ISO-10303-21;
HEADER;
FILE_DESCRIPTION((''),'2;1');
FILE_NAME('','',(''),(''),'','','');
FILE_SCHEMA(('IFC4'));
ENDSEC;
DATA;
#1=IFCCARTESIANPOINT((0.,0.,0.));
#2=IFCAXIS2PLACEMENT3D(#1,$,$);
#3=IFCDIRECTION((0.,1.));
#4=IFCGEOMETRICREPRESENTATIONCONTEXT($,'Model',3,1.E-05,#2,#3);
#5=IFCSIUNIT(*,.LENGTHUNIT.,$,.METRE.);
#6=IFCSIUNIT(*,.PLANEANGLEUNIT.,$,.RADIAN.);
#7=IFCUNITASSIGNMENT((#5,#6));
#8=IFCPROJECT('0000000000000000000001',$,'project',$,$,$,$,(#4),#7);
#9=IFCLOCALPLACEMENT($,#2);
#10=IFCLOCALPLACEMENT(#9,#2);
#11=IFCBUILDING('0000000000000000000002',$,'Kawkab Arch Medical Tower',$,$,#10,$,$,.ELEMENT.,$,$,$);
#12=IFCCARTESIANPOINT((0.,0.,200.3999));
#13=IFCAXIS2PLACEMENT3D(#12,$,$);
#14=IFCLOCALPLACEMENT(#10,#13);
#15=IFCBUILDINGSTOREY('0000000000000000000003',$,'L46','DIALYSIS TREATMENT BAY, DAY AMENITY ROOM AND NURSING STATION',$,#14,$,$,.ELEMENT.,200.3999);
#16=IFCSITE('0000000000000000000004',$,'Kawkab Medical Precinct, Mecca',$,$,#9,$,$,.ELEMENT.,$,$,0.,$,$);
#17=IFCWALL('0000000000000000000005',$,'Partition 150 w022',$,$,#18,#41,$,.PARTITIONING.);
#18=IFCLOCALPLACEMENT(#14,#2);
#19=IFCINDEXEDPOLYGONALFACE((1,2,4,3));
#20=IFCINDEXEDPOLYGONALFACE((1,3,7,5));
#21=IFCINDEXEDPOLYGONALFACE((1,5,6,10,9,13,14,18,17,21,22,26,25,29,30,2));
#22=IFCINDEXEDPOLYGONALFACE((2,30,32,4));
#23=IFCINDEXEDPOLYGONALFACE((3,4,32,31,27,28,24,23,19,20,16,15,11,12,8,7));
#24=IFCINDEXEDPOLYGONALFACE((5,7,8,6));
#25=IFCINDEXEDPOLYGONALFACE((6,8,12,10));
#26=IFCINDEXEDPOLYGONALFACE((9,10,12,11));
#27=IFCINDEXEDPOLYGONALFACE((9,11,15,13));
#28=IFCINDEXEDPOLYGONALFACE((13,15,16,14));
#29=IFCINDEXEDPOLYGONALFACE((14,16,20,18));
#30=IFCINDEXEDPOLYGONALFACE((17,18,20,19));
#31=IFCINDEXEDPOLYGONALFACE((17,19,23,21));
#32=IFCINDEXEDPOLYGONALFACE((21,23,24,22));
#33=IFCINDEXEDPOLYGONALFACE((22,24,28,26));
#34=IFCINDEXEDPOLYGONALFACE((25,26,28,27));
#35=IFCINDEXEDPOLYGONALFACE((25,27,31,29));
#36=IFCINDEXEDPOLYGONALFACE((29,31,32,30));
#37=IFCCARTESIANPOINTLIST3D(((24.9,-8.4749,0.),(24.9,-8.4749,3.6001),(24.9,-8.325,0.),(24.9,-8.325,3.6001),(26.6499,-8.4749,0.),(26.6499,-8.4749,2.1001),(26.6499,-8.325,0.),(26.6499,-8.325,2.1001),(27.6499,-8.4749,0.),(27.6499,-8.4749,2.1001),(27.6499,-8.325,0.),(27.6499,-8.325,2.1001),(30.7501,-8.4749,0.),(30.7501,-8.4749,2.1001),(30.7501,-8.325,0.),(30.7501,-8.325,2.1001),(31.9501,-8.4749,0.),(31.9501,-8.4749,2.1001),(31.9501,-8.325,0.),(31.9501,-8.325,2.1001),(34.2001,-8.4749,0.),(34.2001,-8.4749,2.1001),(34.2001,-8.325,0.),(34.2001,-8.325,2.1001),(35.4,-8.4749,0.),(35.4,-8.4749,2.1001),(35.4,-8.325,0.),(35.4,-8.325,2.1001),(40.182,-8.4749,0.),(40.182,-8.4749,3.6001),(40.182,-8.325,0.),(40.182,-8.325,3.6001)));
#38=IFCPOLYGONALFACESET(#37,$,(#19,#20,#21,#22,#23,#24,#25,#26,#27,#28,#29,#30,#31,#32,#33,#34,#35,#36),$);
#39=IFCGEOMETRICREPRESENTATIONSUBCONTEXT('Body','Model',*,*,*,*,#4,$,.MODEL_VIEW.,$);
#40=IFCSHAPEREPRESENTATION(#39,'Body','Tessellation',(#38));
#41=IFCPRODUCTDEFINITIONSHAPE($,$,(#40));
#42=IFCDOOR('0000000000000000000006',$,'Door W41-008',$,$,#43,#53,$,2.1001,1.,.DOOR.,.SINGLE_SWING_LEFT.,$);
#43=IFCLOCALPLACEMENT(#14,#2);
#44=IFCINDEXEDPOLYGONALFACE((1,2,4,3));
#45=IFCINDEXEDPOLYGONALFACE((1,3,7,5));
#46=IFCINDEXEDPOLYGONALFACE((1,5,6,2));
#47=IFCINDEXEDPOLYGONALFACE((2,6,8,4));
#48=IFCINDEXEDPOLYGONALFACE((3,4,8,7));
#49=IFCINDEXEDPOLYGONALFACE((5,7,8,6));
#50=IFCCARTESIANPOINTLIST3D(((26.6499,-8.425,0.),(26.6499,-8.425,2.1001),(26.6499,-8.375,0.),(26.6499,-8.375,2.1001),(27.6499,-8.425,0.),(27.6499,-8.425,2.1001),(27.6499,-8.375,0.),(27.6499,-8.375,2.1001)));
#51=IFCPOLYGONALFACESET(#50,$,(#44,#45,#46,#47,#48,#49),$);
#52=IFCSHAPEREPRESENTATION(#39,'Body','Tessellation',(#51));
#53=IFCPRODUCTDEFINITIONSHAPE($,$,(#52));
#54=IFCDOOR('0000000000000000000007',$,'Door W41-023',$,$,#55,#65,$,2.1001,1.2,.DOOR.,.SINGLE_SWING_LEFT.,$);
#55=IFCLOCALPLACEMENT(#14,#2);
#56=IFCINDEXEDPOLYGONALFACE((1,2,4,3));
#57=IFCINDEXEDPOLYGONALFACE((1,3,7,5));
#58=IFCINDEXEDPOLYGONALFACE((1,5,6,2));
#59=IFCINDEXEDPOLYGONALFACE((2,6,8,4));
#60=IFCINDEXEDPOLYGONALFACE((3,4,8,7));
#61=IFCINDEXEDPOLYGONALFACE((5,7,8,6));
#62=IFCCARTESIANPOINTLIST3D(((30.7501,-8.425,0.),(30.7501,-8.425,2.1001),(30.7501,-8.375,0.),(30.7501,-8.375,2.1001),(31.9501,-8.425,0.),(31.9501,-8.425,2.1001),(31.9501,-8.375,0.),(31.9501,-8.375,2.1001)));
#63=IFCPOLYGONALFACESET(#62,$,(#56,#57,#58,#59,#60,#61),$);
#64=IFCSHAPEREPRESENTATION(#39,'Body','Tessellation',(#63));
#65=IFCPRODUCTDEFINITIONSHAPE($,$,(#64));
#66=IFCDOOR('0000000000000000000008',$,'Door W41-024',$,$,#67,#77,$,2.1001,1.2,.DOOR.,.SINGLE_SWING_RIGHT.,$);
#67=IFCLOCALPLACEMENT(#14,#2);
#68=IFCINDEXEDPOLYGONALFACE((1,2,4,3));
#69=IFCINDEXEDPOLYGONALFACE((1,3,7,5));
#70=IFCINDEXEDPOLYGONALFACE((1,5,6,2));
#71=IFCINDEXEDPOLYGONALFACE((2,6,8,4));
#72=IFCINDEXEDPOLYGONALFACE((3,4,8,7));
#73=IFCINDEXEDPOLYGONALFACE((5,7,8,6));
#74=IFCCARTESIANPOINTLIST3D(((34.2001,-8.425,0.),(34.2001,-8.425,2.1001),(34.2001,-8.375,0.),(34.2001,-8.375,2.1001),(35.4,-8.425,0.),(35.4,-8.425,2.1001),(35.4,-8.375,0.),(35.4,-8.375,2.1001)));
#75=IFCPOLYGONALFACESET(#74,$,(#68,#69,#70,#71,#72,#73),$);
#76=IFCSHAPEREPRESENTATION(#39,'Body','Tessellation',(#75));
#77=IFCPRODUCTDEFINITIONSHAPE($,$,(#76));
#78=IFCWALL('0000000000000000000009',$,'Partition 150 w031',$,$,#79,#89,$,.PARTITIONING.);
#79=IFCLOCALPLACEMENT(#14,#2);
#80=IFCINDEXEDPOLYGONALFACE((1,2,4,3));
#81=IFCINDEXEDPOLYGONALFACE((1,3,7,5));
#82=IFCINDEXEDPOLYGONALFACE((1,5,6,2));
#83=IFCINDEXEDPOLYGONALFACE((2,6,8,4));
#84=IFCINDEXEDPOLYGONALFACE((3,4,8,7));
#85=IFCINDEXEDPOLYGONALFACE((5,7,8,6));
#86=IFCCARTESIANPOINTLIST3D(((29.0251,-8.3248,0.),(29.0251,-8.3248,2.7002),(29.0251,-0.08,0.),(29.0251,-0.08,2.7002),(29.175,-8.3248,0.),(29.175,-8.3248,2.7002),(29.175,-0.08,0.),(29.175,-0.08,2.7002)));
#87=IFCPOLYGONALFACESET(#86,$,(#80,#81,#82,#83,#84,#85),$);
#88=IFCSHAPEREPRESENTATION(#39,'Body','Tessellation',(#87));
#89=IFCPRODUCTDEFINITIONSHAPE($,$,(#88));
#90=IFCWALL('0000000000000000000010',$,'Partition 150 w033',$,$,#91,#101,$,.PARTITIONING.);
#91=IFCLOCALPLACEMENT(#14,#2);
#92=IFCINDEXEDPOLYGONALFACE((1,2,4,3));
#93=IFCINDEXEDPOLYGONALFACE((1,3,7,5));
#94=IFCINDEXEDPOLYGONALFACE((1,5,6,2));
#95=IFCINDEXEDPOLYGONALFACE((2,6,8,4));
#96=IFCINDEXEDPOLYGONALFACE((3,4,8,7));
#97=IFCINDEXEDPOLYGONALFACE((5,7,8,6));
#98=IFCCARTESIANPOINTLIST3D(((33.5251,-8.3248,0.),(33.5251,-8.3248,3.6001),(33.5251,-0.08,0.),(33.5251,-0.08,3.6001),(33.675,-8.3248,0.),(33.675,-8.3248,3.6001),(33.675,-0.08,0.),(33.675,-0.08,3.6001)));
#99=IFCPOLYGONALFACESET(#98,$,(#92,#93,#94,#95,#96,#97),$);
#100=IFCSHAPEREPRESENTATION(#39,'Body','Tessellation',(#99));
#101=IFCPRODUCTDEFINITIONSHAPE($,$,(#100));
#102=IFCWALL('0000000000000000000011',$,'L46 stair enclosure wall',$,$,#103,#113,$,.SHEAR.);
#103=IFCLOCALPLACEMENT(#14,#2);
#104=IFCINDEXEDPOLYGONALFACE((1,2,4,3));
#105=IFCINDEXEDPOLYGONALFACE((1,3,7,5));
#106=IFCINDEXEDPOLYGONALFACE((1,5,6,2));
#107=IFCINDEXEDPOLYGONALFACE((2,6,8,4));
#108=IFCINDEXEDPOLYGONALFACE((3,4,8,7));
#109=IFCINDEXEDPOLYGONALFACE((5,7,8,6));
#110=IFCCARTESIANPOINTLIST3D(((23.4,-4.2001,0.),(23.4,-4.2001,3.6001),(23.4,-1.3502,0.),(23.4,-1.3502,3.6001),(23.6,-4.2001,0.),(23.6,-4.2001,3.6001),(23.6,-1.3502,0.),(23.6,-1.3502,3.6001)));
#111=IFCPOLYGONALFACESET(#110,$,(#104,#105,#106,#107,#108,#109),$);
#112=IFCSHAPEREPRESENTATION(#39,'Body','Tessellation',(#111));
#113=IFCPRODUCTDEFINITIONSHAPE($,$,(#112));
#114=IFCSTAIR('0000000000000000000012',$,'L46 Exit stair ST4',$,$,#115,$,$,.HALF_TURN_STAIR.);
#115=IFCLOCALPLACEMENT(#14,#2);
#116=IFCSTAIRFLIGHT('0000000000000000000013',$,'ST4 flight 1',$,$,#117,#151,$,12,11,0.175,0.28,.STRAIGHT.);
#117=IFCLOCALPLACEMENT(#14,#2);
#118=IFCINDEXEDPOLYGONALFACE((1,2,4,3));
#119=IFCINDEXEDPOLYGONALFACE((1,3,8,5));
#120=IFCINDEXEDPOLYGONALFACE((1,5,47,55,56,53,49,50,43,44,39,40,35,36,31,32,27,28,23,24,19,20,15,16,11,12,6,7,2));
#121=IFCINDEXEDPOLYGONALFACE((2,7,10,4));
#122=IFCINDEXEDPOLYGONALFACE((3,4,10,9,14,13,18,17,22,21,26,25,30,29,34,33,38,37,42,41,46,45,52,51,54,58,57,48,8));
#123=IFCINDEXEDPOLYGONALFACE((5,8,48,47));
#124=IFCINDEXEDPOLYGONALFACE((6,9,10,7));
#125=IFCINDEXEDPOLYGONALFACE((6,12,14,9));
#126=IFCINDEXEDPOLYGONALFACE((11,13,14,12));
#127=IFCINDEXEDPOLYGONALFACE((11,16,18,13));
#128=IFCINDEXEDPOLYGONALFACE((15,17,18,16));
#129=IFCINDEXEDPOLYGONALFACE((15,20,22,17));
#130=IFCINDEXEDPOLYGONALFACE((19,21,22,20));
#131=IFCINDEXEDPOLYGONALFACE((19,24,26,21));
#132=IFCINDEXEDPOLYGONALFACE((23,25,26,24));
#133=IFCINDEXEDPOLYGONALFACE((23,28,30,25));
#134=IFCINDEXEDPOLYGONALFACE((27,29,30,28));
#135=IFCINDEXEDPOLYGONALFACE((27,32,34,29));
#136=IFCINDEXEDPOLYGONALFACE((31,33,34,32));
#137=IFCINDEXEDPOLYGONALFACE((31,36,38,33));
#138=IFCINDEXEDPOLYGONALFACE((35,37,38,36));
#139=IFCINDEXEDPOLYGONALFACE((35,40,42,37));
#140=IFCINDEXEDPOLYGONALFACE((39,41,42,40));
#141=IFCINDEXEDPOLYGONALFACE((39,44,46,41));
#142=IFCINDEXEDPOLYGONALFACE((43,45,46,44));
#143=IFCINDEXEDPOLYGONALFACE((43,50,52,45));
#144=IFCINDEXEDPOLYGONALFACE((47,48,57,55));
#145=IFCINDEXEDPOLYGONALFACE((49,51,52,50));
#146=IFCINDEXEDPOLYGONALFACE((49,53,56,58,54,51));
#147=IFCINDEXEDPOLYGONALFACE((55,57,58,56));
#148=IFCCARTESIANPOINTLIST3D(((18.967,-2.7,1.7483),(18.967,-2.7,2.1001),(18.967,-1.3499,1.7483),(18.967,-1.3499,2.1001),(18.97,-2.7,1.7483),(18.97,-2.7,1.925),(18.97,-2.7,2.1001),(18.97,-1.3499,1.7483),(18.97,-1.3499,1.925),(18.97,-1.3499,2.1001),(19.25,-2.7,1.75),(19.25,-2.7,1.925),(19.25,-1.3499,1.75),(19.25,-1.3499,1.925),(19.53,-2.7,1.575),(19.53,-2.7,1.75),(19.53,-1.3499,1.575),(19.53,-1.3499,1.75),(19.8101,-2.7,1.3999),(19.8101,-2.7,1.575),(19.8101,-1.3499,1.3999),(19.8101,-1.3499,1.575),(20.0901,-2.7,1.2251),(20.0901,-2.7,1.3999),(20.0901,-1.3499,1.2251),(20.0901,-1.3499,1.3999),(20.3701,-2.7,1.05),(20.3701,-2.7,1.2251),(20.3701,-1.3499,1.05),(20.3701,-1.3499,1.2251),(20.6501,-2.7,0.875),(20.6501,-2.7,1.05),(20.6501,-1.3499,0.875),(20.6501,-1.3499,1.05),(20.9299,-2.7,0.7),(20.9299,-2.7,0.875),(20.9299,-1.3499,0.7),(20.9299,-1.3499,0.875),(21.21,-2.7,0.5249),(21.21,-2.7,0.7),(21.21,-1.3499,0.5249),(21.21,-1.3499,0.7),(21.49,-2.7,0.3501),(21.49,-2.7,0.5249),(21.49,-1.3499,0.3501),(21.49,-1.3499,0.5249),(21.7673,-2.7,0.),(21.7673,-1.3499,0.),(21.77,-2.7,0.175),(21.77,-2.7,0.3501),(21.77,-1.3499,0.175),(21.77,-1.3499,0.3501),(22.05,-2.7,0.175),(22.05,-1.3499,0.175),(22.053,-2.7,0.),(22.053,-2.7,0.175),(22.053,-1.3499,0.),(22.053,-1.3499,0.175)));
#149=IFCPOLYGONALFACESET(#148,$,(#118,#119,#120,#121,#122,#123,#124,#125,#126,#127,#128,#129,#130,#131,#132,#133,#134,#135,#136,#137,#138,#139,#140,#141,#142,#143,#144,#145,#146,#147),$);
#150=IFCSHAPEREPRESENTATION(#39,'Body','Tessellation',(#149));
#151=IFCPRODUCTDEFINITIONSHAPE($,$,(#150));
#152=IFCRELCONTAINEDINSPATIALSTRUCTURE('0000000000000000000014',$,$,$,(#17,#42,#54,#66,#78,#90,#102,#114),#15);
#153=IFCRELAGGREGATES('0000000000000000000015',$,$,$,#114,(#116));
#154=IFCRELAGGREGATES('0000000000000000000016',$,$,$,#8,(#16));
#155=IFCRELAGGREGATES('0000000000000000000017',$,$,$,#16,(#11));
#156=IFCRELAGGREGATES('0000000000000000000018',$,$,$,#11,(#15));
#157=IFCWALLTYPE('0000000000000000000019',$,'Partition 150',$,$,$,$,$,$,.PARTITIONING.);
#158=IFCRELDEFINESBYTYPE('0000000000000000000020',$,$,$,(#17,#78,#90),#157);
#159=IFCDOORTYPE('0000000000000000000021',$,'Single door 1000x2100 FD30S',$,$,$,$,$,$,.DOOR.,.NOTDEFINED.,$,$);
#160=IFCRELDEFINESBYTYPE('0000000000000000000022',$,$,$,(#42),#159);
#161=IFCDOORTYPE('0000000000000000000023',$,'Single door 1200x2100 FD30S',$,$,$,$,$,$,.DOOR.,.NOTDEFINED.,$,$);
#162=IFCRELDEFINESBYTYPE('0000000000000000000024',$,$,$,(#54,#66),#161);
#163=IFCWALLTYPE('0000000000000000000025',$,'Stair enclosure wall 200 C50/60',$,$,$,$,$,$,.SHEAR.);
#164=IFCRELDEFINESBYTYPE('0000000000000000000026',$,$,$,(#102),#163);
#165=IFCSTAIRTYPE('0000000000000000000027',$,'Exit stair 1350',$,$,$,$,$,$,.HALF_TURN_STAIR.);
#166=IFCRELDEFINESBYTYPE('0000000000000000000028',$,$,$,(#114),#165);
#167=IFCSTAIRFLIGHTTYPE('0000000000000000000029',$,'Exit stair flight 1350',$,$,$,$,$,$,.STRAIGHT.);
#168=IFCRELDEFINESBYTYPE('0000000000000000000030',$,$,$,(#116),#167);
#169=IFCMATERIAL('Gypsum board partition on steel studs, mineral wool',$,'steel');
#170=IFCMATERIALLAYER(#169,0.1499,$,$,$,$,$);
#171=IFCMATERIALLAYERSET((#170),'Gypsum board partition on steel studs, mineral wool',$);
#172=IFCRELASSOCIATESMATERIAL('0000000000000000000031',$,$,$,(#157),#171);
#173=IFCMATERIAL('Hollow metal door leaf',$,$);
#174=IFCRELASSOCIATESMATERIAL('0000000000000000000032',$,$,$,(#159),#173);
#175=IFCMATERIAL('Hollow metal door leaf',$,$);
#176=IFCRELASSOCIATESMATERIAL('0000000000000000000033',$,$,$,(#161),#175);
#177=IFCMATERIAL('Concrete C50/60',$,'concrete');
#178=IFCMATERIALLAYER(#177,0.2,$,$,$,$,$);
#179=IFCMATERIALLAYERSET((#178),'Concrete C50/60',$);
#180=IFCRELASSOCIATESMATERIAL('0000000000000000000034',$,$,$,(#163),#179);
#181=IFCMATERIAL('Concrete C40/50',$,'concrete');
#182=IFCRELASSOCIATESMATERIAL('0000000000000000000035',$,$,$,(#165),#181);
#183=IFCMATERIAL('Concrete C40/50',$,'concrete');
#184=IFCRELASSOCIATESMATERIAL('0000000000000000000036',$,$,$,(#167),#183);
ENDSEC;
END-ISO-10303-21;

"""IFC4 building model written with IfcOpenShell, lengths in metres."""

from ifc_helpers import new_model, si_unit, direction, frame, frame_2d, origin, place, context, subcontext, project, spatial, polyline, rectangle, outline, extrude, material, layer, layer_set, type_object, element, fill, aggregate, save


model = new_model("IFC4")

# Units and contexts
model_context = context("Model", 3, precision=1e-05, world=origin(), true_north=direction((0.0, 1.0)))
body_context = subcontext(model_context, "Body", "Model", "MODEL_VIEW")
ifc_project = project(units=[si_unit("LENGTHUNIT", "METRE"), si_unit("PLANEANGLEUNIT", "RADIAN")], contexts=[model_context])

# Site, building, storey
site_placement = place(None, origin())
site = spatial("IfcSite", under=ifc_project, at=site_placement, Name="Kawkab Medical Precinct, Mecca", CompositionType="ELEMENT", RefElevation=0.0)
building_placement = place(site_placement, origin())
building = spatial("IfcBuilding", under=site, at=building_placement, Name="Kawkab Arch Medical Tower", CompositionType="ELEMENT")
storey_placement = place(building_placement, frame((0.0, 0.0, 200.3999)))
storey = spatial("IfcBuildingStorey", under=building, at=storey_placement, Name="L46", Description="DIALYSIS TREATMENT BAY, DAY AMENITY ROOM AND NURSING STATION", CompositionType="ELEMENT", Elevation=200.3999)

# Shared definitions
placement = place(storey_placement, origin())

# Wall, openings, doors
ifc_material_1 = material(Name="Gypsum board partition on steel studs, mineral wool", Category="steel")
ifc_layer_1 = layer(ifc_material_1, 0.1499)
ifc_layer_set_1 = layer_set([ifc_layer_1], Name="Gypsum board partition on steel studs, mineral wool")
wall_type_1 = type_object("IfcWallType", Name="Partition 150", PredefinedType="PARTITIONING", material=ifc_layer_set_1)
ifc_material_2 = material(Name="Hollow metal door leaf")
door_type_1 = type_object("IfcDoorType", Name="Single door 1000x2100 FD30S", OperationType="NOTDEFINED", PredefinedType="DOOR", material=ifc_material_2)
ifc_material_3 = material(Name="Hollow metal door leaf")
door_type_2 = type_object("IfcDoorType", Name="Single door 1200x2100 FD30S", OperationType="NOTDEFINED", PredefinedType="DOOR", material=ifc_material_3)
wall_1_placement = place(storey_placement, frame((24.8999, -8.3999, 0.0), z_axis=(0.0, 0.0, 1.0), x_axis=(1.0, 0.0, 0.0)))
wall_1 = element("IfcWall", 1, at=wall_1_placement, inside=storey, type_object=wall_type_1, Name="Partition 150 w022", PredefinedType="PARTITIONING", context=body_context, shape_type="SweptSolid", body=[
    extrude(rectangle(XDim=15.282, YDim=0.1499, at=frame_2d((7.6411, 0.0))), origin(), (0.0, 0.0, 1.0), 3.6001),
])
opening_1_placement = place(wall_1_placement, frame((1.75, 0.0, 0.0)))
opening_1 = element("IfcOpeningElement", 2, at=opening_1_placement, cuts=wall_1, PredefinedType="OPENING", context=body_context, shape_type="SweptSolid", body=[
    extrude(rectangle(XDim=1.0, YDim=2.1001, at=frame_2d((0.5, 1.05))), frame((0.0, 0.085, 0.0), z_axis=(0.0, -1.0, 0.0), x_axis=(1.0, 0.0, 0.0)), (0.0, 0.0, 1.0), 0.1699),
])
opening_2_placement = place(wall_1_placement, frame((5.8501, 0.0, 0.0)))
opening_2 = element("IfcOpeningElement", 3, at=opening_2_placement, cuts=wall_1, PredefinedType="OPENING", context=body_context, shape_type="SweptSolid", body=[
    extrude(rectangle(XDim=1.2, YDim=2.1001, at=frame_2d((0.6001, 1.05))), frame((0.0, 0.085, 0.0), z_axis=(0.0, -1.0, 0.0), x_axis=(1.0, 0.0, 0.0)), (0.0, 0.0, 1.0), 0.1699),
])
opening_3_placement = place(wall_1_placement, frame((9.3, 0.0, 0.0)))
opening_3 = element("IfcOpeningElement", 4, at=opening_3_placement, cuts=wall_1, PredefinedType="OPENING", context=body_context, shape_type="SweptSolid", body=[
    extrude(rectangle(XDim=1.2, YDim=2.1001, at=frame_2d((0.6001, 1.05))), frame((0.0, 0.085, 0.0), z_axis=(0.0, -1.0, 0.0), x_axis=(1.0, 0.0, 0.0)), (0.0, 0.0, 1.0), 0.1699),
])
door_1_placement = place(opening_1_placement, origin())
door_1 = element("IfcDoor", 5, at=door_1_placement, inside=storey, type_object=door_type_1, Name="Door W41-008", OperationType="SINGLE_SWING_LEFT", OverallHeight=2.1001, OverallWidth=1.0, PredefinedType="DOOR", context=body_context, shape_type="SweptSolid", body=[
    extrude(rectangle(XDim=1.0, YDim=2.1001, at=frame_2d((0.5, 1.05))), frame((0.0, 0.0249, 0.0), z_axis=(0.0, -1.0, 0.0), x_axis=(1.0, 0.0, 0.0)), (0.0, 0.0, 1.0), 0.05),
])
fill(opening_1, door_1)
door_2_placement = place(opening_2_placement, origin())
door_2 = element("IfcDoor", 6, at=door_2_placement, inside=storey, type_object=door_type_2, Name="Door W41-023", OperationType="SINGLE_SWING_LEFT", OverallHeight=2.1001, OverallWidth=1.2, PredefinedType="DOOR", context=body_context, shape_type="SweptSolid", body=[
    extrude(rectangle(XDim=1.2, YDim=2.1001, at=frame_2d((0.6001, 1.05))), frame((0.0, 0.0249, 0.0), z_axis=(0.0, -1.0, 0.0), x_axis=(1.0, 0.0, 0.0)), (0.0, 0.0, 1.0), 0.05),
])
fill(opening_2, door_2)
door_3_placement = place(opening_3_placement, origin())
door_3 = element("IfcDoor", 7, at=door_3_placement, inside=storey, type_object=door_type_2, Name="Door W41-024", OperationType="SINGLE_SWING_RIGHT", OverallHeight=2.1001, OverallWidth=1.2, PredefinedType="DOOR", context=body_context, shape_type="SweptSolid", body=[
    extrude(rectangle(XDim=1.2, YDim=2.1001, at=frame_2d((0.6001, 1.05))), frame((0.0, 0.0249, 0.0), z_axis=(0.0, -1.0, 0.0), x_axis=(1.0, 0.0, 0.0)), (0.0, 0.0, 1.0), 0.05),
])
fill(opening_3, door_3)

# Walls
wall_2_placement = place(storey_placement, frame((29.1001, -8.325, 0.0), z_axis=(0.0, 0.0, 1.0), x_axis=(0.0, 1.0, 0.0)))
element("IfcWall", 8, at=wall_2_placement, inside=storey, type_object=wall_type_1, Name="Partition 150 w031", PredefinedType="PARTITIONING", context=body_context, shape_type="SweptSolid", body=[
    extrude(rectangle(XDim=8.2449, YDim=0.1499, at=frame_2d((4.1226, 0.0))), origin(), (0.0, 0.0, 1.0), 2.7002),
])
wall_3_placement = place(storey_placement, frame((33.6001, -8.325, 0.0), z_axis=(0.0, 0.0, 1.0), x_axis=(0.0, 1.0, 0.0)))
element("IfcWall", 9, at=wall_3_placement, inside=storey, type_object=wall_type_1, Name="Partition 150 w033", PredefinedType="PARTITIONING", context=body_context, shape_type="SweptSolid", body=[
    extrude(rectangle(XDim=8.2449, YDim=0.1499, at=frame_2d((4.1226, 0.0))), origin(), (0.0, 0.0, 1.0), 3.6001),
])
ifc_material_4 = material(Name="Concrete C50/60", Category="concrete")
ifc_layer_2 = layer(ifc_material_4, 0.2)
ifc_layer_set_2 = layer_set([ifc_layer_2], Name="Concrete C50/60")
wall_type_2 = type_object("IfcWallType", Name="Stair enclosure wall 200 C50/60", PredefinedType="SHEAR", material=ifc_layer_set_2)
wall_4_placement = place(storey_placement, frame((23.5, -4.2, 0.0), z_axis=(0.0, 0.0, 1.0), x_axis=(0.0, 1.0, 0.0)))
element("IfcWall", 10, at=wall_4_placement, inside=storey, type_object=wall_type_2, Name="L46 stair enclosure wall", PredefinedType="SHEAR", context=body_context, shape_type="SweptSolid", body=[
    extrude(rectangle(XDim=2.8499, YDim=0.2, at=frame_2d((1.4248, 0.0))), origin(), (0.0, 0.0, 1.0), 3.6001),
])

# Stair, stair flight
ifc_material_5 = material(Name="Concrete C40/50", Category="concrete")
stair_type = type_object("IfcStairType", Name="Exit stair 1350", PredefinedType="HALF_TURN_STAIR", material=ifc_material_5)
stair = element("IfcStair", 11, at=placement, inside=storey, type_object=stair_type, Name="L46 Exit stair ST4", PredefinedType="HALF_TURN_STAIR")
ifc_material_6 = material(Name="Concrete C40/50", Category="concrete")
stair_flight_type = type_object("IfcStairFlightType", Name="Exit stair flight 1350", PredefinedType="STRAIGHT", material=ifc_material_6)
stair_flight_placement = place(storey_placement, frame((22.05, -2.0249, 0.0), z_axis=(0.0, 0.0, 1.0), x_axis=(-1.0, 0.0, 0.0)))
stair_flight = element("IfcStairFlight", 12, at=stair_flight_placement, type_object=stair_flight_type, Name="ST4 flight 1", NumberOfRisers=12, NumberOfTreads=11, PredefinedType="STRAIGHT", RiserHeight=0.175, TreadLength=0.28, context=body_context, shape_type="SweptSolid", body=[
    extrude(outline(polyline([(-0.0029, 0.0), (-0.0029, 0.175), (0.0, 0.175), (0.28, 0.175), (0.28, 0.3501), (0.5601, 0.3501), (0.5601, 0.5249), (0.8401, 0.5249), (0.8401, 0.7), (1.1201, 0.7), (1.1201, 0.875), (1.3999, 0.875), (1.3999, 1.05), (1.6799, 1.05), (1.6799, 1.2251), (1.96, 1.2251), (1.96, 1.3999), (2.24, 1.3999), (2.24, 1.575), (2.52, 1.575), (2.52, 1.75), (2.8, 1.75), (2.8, 1.925), (3.0801, 1.925), (3.0801, 2.1001), (3.083, 2.1001), (3.083, 1.7483), (3.0801, 1.7483), (0.2827, 0.0), (-0.0029, 0.0)])), frame((0.0, 0.675, 0.0), z_axis=(0.0, -1.0, 0.0), x_axis=(1.0, 0.0, 0.0)), (0.0, 0.0, 1.0), 1.3501),
])
aggregate(stair, [stair_flight])

save(model, "model.ifc")
